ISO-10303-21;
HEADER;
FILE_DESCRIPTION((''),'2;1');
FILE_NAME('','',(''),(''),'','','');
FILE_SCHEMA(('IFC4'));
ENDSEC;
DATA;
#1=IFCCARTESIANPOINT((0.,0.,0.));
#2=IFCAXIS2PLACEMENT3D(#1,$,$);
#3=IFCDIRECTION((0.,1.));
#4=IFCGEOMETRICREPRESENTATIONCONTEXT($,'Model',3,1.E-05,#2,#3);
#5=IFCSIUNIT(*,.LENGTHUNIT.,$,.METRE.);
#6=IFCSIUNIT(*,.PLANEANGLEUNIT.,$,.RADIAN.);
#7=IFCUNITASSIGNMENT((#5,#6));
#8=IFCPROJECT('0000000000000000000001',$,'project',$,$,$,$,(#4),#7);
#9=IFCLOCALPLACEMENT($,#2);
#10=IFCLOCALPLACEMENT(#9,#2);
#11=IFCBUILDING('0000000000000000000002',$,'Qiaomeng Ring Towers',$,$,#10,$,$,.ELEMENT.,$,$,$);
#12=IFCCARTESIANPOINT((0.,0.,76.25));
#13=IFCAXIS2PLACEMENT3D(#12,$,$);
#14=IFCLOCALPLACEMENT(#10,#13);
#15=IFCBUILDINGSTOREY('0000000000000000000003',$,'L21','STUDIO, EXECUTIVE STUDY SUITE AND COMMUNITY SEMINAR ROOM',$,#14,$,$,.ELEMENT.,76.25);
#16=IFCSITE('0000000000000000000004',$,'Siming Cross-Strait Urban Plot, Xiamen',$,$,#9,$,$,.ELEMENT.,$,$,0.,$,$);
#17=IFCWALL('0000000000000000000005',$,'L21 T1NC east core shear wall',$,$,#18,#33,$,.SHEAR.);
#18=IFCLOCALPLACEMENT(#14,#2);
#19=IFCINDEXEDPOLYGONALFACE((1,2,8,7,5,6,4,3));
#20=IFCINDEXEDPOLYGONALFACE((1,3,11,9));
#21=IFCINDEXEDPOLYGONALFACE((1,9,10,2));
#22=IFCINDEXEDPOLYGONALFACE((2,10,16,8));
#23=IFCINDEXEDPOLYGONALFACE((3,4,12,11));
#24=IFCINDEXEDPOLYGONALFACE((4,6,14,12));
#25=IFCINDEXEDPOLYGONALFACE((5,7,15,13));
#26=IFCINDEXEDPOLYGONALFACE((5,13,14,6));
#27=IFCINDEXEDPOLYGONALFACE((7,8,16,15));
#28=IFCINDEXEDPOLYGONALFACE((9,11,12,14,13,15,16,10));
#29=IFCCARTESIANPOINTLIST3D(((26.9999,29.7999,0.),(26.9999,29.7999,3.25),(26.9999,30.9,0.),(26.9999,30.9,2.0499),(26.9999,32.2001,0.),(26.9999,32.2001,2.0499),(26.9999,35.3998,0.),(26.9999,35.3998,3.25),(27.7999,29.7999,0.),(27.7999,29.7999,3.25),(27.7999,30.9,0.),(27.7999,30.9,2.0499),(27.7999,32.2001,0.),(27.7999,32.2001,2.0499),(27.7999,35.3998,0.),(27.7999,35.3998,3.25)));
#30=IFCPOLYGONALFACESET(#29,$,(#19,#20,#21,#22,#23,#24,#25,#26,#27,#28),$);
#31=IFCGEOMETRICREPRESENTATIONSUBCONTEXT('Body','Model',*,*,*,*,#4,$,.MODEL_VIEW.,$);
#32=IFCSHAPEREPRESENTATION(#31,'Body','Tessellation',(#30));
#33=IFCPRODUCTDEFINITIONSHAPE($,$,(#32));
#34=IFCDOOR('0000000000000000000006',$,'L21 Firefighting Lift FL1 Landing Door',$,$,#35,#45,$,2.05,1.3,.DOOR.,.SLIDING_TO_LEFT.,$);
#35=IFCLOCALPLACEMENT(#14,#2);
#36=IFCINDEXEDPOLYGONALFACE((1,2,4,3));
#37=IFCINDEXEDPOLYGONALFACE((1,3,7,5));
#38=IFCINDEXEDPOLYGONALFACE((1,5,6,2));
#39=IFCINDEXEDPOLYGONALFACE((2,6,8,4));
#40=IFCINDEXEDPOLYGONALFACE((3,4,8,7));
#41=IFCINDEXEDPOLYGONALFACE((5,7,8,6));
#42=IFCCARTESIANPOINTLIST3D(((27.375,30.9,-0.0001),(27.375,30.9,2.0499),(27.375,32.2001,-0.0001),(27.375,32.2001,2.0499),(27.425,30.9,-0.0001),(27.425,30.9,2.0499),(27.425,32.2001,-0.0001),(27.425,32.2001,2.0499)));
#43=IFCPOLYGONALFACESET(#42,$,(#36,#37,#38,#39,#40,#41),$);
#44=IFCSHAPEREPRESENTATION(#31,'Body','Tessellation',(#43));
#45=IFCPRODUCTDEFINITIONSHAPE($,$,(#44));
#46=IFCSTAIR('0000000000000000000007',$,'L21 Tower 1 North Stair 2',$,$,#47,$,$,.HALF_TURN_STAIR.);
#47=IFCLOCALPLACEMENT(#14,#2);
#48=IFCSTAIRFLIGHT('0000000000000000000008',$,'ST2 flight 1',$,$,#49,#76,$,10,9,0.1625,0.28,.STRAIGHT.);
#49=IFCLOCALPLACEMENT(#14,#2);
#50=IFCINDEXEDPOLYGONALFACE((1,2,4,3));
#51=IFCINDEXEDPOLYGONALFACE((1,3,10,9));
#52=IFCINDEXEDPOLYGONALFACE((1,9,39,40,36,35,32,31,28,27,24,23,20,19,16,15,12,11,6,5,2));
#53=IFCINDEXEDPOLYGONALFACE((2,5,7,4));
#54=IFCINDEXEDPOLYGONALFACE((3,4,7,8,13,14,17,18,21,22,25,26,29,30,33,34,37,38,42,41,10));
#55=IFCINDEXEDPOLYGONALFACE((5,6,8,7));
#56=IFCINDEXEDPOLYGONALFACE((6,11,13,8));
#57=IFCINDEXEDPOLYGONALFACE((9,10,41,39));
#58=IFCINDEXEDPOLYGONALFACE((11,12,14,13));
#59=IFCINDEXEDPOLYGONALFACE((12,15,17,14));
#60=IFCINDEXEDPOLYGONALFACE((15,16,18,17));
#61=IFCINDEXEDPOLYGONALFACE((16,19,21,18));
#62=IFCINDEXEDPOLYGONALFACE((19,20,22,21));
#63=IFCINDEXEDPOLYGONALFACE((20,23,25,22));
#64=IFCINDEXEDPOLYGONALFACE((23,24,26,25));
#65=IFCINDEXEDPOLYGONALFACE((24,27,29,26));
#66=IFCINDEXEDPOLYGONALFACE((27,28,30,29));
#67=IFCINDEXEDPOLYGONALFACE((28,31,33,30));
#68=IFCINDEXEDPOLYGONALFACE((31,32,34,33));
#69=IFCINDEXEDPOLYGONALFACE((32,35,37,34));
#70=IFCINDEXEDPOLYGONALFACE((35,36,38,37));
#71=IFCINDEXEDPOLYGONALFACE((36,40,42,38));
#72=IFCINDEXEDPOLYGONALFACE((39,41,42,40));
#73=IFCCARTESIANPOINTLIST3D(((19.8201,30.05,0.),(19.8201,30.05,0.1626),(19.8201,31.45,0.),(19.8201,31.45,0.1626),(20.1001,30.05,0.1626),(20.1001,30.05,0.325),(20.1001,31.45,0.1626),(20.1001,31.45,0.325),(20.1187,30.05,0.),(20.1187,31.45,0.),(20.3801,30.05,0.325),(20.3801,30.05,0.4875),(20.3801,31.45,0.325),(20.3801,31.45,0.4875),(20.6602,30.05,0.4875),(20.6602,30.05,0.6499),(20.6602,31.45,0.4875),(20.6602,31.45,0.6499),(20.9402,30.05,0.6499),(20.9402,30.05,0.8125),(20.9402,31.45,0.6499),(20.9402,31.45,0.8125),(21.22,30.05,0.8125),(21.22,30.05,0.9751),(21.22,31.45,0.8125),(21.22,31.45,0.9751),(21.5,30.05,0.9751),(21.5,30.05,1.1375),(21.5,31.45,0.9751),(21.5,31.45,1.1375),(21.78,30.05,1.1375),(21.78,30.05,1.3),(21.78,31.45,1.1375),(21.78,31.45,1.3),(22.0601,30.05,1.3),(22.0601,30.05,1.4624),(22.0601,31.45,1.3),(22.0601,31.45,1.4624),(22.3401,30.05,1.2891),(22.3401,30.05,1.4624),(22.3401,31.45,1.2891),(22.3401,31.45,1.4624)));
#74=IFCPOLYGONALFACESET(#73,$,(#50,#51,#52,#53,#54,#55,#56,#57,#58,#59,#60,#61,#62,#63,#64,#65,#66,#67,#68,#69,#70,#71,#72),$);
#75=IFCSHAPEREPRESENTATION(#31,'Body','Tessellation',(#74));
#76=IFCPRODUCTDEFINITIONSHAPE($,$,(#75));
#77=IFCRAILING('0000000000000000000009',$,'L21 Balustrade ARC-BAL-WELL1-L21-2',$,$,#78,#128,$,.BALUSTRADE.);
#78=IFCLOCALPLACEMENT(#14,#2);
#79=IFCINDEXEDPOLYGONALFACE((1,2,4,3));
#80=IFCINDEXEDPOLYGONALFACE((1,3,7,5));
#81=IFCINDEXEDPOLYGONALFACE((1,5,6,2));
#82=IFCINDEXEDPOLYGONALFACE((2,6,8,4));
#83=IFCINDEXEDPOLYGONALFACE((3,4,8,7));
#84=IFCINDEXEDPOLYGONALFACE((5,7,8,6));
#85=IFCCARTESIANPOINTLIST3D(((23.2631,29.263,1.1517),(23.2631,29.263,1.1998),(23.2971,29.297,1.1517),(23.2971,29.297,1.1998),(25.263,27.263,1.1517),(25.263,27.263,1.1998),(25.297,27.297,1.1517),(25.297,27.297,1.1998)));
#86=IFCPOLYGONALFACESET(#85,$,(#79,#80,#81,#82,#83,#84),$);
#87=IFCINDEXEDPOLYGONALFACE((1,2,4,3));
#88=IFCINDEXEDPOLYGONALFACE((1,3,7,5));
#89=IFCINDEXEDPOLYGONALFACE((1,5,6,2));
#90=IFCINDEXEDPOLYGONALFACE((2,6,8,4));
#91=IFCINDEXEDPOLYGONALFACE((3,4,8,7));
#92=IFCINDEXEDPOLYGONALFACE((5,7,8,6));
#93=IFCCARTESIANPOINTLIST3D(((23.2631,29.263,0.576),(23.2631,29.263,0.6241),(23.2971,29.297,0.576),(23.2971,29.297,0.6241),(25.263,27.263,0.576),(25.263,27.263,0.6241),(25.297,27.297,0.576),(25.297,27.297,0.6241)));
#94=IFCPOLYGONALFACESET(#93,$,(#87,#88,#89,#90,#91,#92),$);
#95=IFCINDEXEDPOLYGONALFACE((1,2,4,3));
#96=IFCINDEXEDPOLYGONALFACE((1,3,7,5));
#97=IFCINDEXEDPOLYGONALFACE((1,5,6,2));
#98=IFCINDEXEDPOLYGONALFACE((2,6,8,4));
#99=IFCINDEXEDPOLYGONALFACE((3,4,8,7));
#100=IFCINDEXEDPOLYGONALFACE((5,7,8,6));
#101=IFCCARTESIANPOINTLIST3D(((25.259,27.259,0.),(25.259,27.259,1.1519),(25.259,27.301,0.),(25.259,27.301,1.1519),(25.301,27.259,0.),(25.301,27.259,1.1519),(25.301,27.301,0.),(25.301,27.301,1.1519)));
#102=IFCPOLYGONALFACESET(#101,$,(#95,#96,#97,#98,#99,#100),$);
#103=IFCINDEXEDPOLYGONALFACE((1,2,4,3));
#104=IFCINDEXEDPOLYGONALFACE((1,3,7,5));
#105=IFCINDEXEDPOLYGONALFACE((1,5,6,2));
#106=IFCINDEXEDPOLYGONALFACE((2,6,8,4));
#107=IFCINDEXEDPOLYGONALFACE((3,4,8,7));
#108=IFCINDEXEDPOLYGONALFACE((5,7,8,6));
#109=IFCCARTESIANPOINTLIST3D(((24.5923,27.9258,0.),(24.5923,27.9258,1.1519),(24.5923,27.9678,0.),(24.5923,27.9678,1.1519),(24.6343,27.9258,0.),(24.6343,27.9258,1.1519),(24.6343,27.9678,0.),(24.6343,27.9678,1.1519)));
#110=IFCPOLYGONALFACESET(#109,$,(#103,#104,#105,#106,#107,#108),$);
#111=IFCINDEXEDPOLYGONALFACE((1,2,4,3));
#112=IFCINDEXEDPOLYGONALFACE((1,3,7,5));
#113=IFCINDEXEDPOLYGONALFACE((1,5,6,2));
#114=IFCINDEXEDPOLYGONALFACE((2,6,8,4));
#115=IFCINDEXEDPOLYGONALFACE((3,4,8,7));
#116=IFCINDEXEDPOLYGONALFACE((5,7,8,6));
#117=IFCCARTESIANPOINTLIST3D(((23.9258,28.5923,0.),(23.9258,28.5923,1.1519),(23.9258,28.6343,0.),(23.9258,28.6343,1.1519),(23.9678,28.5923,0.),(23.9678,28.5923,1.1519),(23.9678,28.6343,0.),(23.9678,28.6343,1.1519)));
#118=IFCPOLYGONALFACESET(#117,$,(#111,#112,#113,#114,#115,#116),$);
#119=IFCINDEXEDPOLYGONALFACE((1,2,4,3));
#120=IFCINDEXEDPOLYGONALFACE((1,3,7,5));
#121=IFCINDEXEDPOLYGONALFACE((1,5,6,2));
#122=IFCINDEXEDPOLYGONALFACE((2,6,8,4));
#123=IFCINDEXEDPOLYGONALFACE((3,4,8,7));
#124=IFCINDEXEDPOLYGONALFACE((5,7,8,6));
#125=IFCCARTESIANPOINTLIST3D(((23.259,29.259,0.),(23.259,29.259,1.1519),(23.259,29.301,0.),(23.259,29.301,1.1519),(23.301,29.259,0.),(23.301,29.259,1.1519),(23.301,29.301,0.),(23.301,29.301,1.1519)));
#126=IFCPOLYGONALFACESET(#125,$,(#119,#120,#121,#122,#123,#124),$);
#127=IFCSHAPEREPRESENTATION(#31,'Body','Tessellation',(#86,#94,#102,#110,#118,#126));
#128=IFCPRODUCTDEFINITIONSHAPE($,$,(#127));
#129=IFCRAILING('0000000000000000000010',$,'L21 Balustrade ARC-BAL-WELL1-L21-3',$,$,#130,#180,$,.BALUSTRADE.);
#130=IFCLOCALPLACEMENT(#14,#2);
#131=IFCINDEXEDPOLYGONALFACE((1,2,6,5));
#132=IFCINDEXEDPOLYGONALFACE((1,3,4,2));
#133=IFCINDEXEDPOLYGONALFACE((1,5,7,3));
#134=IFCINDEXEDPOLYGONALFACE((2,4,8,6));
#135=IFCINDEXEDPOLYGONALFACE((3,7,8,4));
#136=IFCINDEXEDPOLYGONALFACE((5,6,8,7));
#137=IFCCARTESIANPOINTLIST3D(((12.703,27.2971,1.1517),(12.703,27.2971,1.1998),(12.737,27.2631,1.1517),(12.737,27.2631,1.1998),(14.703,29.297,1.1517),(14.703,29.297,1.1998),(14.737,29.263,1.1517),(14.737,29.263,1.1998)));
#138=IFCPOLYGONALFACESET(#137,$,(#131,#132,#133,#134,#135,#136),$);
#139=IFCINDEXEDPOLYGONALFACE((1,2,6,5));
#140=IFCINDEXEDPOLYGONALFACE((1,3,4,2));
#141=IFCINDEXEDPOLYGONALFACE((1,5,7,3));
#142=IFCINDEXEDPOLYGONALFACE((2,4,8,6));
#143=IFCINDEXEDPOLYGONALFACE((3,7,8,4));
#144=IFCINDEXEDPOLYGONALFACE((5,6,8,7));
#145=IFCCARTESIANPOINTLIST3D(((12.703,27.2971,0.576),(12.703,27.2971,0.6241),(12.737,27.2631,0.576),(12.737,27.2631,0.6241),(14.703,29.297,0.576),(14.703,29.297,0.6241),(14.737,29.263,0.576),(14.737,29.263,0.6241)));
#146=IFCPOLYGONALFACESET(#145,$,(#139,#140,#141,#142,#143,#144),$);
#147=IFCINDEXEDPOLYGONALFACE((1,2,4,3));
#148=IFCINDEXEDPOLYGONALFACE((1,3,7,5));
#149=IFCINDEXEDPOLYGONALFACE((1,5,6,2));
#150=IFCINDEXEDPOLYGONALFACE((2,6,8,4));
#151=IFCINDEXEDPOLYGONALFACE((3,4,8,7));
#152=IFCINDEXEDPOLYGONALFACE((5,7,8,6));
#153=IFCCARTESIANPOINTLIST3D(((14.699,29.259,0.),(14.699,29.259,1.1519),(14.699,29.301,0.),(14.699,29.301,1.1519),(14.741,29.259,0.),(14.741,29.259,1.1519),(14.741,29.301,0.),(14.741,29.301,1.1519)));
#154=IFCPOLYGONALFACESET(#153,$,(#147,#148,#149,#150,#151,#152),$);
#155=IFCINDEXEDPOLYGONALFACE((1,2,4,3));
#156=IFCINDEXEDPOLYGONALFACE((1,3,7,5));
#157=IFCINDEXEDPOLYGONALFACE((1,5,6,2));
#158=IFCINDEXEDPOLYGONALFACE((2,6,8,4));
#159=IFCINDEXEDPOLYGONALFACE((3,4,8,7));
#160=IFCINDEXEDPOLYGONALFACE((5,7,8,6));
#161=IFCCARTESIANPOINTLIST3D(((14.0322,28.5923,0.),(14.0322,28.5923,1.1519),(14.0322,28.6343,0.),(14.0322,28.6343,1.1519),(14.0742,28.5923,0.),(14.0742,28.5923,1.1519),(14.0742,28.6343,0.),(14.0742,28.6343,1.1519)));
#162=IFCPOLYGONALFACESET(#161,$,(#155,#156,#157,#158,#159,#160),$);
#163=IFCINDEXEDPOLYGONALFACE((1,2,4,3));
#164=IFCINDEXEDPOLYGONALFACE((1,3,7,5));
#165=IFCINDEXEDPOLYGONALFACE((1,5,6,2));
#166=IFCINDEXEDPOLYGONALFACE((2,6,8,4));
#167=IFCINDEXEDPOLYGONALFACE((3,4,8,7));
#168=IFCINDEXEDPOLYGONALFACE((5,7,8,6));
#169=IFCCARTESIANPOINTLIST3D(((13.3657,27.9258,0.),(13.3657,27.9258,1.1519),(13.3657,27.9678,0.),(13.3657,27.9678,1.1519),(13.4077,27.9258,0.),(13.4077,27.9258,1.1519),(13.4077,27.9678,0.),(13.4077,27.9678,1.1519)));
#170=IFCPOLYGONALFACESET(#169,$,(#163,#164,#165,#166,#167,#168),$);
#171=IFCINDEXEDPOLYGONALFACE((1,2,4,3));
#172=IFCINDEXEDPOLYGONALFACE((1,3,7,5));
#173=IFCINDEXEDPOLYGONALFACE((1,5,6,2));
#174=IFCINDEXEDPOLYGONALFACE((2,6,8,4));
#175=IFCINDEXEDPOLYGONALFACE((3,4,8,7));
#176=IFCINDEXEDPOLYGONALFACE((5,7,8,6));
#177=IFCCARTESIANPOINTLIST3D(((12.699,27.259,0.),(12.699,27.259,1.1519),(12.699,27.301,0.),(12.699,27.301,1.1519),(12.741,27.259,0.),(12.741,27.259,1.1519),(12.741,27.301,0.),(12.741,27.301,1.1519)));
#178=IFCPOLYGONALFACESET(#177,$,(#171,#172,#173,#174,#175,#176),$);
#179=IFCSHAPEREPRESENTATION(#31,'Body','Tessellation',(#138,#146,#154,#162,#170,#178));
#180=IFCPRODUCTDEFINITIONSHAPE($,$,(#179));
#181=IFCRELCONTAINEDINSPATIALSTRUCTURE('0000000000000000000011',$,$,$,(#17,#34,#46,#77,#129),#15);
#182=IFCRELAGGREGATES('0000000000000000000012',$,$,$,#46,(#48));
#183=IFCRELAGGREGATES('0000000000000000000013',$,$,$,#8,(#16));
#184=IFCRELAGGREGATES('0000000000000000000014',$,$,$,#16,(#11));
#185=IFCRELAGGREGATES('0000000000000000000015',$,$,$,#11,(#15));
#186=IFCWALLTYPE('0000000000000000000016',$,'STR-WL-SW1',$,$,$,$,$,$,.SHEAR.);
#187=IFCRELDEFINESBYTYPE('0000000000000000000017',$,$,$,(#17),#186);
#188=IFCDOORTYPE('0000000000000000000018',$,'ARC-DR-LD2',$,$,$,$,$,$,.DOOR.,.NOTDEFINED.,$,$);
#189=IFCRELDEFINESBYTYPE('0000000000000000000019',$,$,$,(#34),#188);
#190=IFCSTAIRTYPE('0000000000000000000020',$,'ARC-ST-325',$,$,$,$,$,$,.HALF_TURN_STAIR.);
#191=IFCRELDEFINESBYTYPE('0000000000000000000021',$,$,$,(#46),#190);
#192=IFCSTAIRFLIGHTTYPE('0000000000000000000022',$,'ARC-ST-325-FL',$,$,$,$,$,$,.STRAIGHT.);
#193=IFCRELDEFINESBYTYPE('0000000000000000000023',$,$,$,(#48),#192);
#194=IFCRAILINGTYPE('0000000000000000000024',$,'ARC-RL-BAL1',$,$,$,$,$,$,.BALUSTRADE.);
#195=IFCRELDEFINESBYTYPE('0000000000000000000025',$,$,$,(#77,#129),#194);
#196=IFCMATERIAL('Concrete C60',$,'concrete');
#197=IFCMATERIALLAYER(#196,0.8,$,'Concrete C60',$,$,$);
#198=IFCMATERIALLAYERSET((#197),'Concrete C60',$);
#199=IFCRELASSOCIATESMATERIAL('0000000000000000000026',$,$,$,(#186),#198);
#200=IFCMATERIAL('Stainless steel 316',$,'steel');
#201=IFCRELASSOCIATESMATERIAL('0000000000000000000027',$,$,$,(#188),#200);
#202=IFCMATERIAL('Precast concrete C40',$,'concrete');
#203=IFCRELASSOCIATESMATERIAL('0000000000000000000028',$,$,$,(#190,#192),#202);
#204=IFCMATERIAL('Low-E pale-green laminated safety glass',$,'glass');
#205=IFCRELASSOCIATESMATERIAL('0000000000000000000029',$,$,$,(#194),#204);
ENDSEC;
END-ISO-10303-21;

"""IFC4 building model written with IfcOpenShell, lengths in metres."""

from ifc_helpers import new_model, si_unit, direction, frame, frame_2d, origin, origin_2d, place, context, subcontext, project, spatial, polyline, rectangle, outline, extrude, source, transform, mapped, material, layer, layer_set, type_object, element, fill, aggregate, save


model = new_model("IFC4")

# Units and contexts
model_context = context("Model", 3, precision=1e-05, world=origin(), true_north=direction((0.0, 1.0)))
body_context = subcontext(model_context, "Body", "Model", "MODEL_VIEW")
ifc_project = project(units=[si_unit("LENGTHUNIT", "METRE"), si_unit("PLANEANGLEUNIT", "RADIAN")], contexts=[model_context])

# Site, building, storey
site_placement = place(None, origin())
site = spatial("IfcSite", under=ifc_project, at=site_placement, Name="Siming Cross-Strait Urban Plot, Xiamen", CompositionType="ELEMENT", RefElevation=0.0)
building_placement = place(site_placement, origin())
building = spatial("IfcBuilding", under=site, at=building_placement, Name="Qiaomeng Ring Towers", CompositionType="ELEMENT")
storey_placement = place(building_placement, frame((0.0, 0.0, 76.25)))
storey = spatial("IfcBuildingStorey", under=building, at=storey_placement, Name="L21", Description="STUDIO, EXECUTIVE STUDY SUITE AND COMMUNITY SEMINAR ROOM", CompositionType="ELEMENT", Elevation=76.25)

# Wall, opening, door
ifc_material_1 = material(Name="Concrete C60", Category="concrete")
ifc_layer_1 = layer(ifc_material_1, 0.8, Name="Concrete C60")
ifc_layer_set_1 = layer_set([ifc_layer_1], Name="Concrete C60")
wall_type_1 = type_object("IfcWallType", Name="STR-WL-SW1", PredefinedType="SHEAR", material=ifc_layer_set_1)
wall_1_placement = place(storey_placement, frame((27.3999, 29.8, 0.0), z_axis=(0.0, 0.0, 1.0), x_axis=(0.0, 1.0, 0.0)))
wall_1 = element("IfcWall", 1, at=wall_1_placement, inside=storey, type_object=wall_type_1, Name="L21 T1NC east core shear wall", PredefinedType="SHEAR", context=body_context, shape_type="SweptSolid", body=[
    extrude(rectangle(XDim=5.5999, YDim=0.8, at=frame_2d((2.7998, 0.0))), origin(), (0.0, 0.0, 1.0), 3.25),
])
opening_1_placement = place(wall_1_placement, frame((1.1001, 0.0, 0.0)))
opening_1 = element("IfcOpeningElement", 2, at=opening_1_placement, cuts=wall_1, PredefinedType="OPENING", context=body_context, shape_type="SweptSolid", body=[
    extrude(rectangle(XDim=1.3, YDim=2.05, at=frame_2d((0.6499, 1.0249))), frame((0.0, 0.4099, 0.0), z_axis=(0.0, -1.0, 0.0), x_axis=(1.0, 0.0, 0.0)), (0.0, 0.0, 1.0), 0.8201),
])
ifc_material_2 = material(Name="Stainless steel 316", Category="steel")
door_type_1 = type_object("IfcDoorType", Name="ARC-DR-LD2", OperationType="NOTDEFINED", PredefinedType="DOOR", material=ifc_material_2)
shared_shape_1 = source(origin(), body_context, "Body", "SweptSolid", [
    extrude(rectangle(XDim=1.3, YDim=2.05, at=frame_2d((0.6499, 1.0249))), frame((0.0, 0.0249, 0.0), z_axis=(0.0, -1.0, 0.0), x_axis=(1.0, 0.0, 0.0)), (0.0, 0.0, 1.0), 0.05),
])
door_1_placement = place(opening_1_placement, origin())
door_1 = element("IfcDoor", 3, at=door_1_placement, inside=storey, type_object=door_type_1, Name="L21 Firefighting Lift FL1 Landing Door", OperationType="SLIDING_TO_LEFT", OverallHeight=2.05, OverallWidth=1.3, PredefinedType="DOOR", context=body_context, shape_type="MappedRepresentation", body=[
    mapped(shared_shape_1, transform((0.0, 0.0, 0.0), x_axis=(1.0, 0.0, 0.0), y_axis=(0.0, 1.0, 0.0), z_axis=(0.0, 0.0, 1.0), scale=1.0)),
])
fill(opening_1, door_1)

# Stair, stair flight
ifc_material_3 = material(Name="Precast concrete C40", Category="concrete")
stair_type = type_object("IfcStairType", Name="ARC-ST-325", PredefinedType="HALF_TURN_STAIR", material=ifc_material_3)
stair_placement = place(storey_placement, origin())
stair = element("IfcStair", 4, at=stair_placement, inside=storey, type_object=stair_type, Name="L21 Tower 1 North Stair 2", PredefinedType="HALF_TURN_STAIR")
stair_flight_type = type_object("IfcStairFlightType", Name="ARC-ST-325-FL", PredefinedType="STRAIGHT", material=ifc_material_3)
shared_shape_2 = source(origin(), body_context, "Body", "SweptSolid", [
    extrude(outline(polyline([(0.0, 0.0), (0.0, 0.1626), (0.28, 0.1626), (0.28, 0.325), (0.5601, 0.325), (0.5601, 0.4875), (0.8401, 0.4875), (0.8401, 0.6499), (1.1201, 0.6499), (1.1201, 0.8125), (1.3999, 0.8125), (1.3999, 0.9751), (1.6799, 0.9751), (1.6799, 1.1375), (1.96, 1.1375), (1.96, 1.3), (2.24, 1.3), (2.24, 1.4624), (2.52, 1.4624), (2.52, 1.625), (2.52, 1.2891), (0.2986, 0.0), (0.0, 0.0)])), frame((0.0, 0.7, 0.0), z_axis=(0.0, -1.0, 0.0), x_axis=(1.0, 0.0, 0.0)), (0.0, 0.0, 1.0), 1.3999),
])
stair_flight_placement = place(storey_placement, frame((19.8201, 30.75, 0.0), z_axis=(0.0, 0.0, 1.0), x_axis=(1.0, 0.0, 0.0)))
stair_flight = element("IfcStairFlight", 5, at=stair_flight_placement, type_object=stair_flight_type, Name="ST2 flight 1", NumberOfRisers=10, NumberOfTreads=9, PredefinedType="STRAIGHT", RiserHeight=0.1625, TreadLength=0.28, context=body_context, shape_type="MappedRepresentation", body=[
    mapped(shared_shape_2, transform((0.0, 0.0, 0.0), x_axis=(1.0, 0.0, 0.0), y_axis=(0.0, 1.0, 0.0), z_axis=(0.0, 0.0, 1.0), scale=1.0)),
])
aggregate(stair, [stair_flight])

# Railings
ifc_material_4 = material(Name="Low-E pale-green laminated safety glass", Category="glass")
railing_type_1 = type_object("IfcRailingType", Name="ARC-RL-BAL1", PredefinedType="BALUSTRADE", material=ifc_material_4)
railing_1_placement = place(storey_placement, frame((25.28, 27.28, 0.0)))
element("IfcRailing", 6, at=railing_1_placement, inside=storey, type_object=railing_type_1, Name="L21 Balustrade ARC-BAL-WELL1-L21-2", PredefinedType="BALUSTRADE", context=body_context, shape_type="SweptSolid", body=[
    extrude(rectangle(XDim=0.0481, YDim=0.0481, at=origin_2d()), frame((0.0, 0.0, 1.1758), z_axis=(-0.707107, 0.707107, 0.0), x_axis=(-0.707107, -0.707107, 0.0)), (0.0, 0.0, 1.0), 2.8284),
    extrude(rectangle(XDim=0.0481, YDim=0.0481, at=origin_2d()), frame((0.0, 0.0, 0.6001), z_axis=(-0.707107, 0.707107, 0.0), x_axis=(-0.707107, -0.707107, 0.0)), (0.0, 0.0, 1.0), 2.8284),
    extrude(rectangle(XDim=0.042, YDim=0.042, at=origin_2d()), origin(), (0.0, 0.0, 1.0), 1.1519),
    extrude(rectangle(XDim=0.042, YDim=0.042, at=origin_2d()), frame((-0.6667, 0.6667, 0.0)), (0.0, 0.0, 1.0), 1.1519),
    extrude(rectangle(XDim=0.042, YDim=0.042, at=origin_2d()), frame((-1.3333, 1.3333, 0.0)), (0.0, 0.0, 1.0), 1.1519),
    extrude(rectangle(XDim=0.042, YDim=0.042, at=origin_2d()), frame((-2.0, 2.0, 0.0)), (0.0, 0.0, 1.0), 1.1519),
])
railing_2_placement = place(storey_placement, frame((14.72, 29.28, 0.0)))
element("IfcRailing", 7, at=railing_2_placement, inside=storey, type_object=railing_type_1, Name="L21 Balustrade ARC-BAL-WELL1-L21-3", PredefinedType="BALUSTRADE", context=body_context, shape_type="SweptSolid", body=[
    extrude(rectangle(XDim=0.0481, YDim=0.0481, at=origin_2d()), frame((0.0, 0.0, 1.1758), z_axis=(-0.707107, -0.707107, 0.0), x_axis=(0.707107, -0.707107, 0.0)), (0.0, 0.0, 1.0), 2.8284),
    extrude(rectangle(XDim=0.0481, YDim=0.0481, at=origin_2d()), frame((0.0, 0.0, 0.6001), z_axis=(-0.707107, -0.707107, 0.0), x_axis=(0.707107, -0.707107, 0.0)), (0.0, 0.0, 1.0), 2.8284),
    extrude(rectangle(XDim=0.042, YDim=0.042, at=origin_2d()), origin(), (0.0, 0.0, 1.0), 1.1519),
    extrude(rectangle(XDim=0.042, YDim=0.042, at=origin_2d()), frame((-0.6667, -0.6667, 0.0)), (0.0, 0.0, 1.0), 1.1519),
    extrude(rectangle(XDim=0.042, YDim=0.042, at=origin_2d()), frame((-1.3333, -1.3333, 0.0)), (0.0, 0.0, 1.0), 1.1519),
    extrude(rectangle(XDim=0.042, YDim=0.042, at=origin_2d()), frame((-2.0, -2.0, 0.0)), (0.0, 0.0, 1.0), 1.1519),
])

save(model, "model.ifc")
